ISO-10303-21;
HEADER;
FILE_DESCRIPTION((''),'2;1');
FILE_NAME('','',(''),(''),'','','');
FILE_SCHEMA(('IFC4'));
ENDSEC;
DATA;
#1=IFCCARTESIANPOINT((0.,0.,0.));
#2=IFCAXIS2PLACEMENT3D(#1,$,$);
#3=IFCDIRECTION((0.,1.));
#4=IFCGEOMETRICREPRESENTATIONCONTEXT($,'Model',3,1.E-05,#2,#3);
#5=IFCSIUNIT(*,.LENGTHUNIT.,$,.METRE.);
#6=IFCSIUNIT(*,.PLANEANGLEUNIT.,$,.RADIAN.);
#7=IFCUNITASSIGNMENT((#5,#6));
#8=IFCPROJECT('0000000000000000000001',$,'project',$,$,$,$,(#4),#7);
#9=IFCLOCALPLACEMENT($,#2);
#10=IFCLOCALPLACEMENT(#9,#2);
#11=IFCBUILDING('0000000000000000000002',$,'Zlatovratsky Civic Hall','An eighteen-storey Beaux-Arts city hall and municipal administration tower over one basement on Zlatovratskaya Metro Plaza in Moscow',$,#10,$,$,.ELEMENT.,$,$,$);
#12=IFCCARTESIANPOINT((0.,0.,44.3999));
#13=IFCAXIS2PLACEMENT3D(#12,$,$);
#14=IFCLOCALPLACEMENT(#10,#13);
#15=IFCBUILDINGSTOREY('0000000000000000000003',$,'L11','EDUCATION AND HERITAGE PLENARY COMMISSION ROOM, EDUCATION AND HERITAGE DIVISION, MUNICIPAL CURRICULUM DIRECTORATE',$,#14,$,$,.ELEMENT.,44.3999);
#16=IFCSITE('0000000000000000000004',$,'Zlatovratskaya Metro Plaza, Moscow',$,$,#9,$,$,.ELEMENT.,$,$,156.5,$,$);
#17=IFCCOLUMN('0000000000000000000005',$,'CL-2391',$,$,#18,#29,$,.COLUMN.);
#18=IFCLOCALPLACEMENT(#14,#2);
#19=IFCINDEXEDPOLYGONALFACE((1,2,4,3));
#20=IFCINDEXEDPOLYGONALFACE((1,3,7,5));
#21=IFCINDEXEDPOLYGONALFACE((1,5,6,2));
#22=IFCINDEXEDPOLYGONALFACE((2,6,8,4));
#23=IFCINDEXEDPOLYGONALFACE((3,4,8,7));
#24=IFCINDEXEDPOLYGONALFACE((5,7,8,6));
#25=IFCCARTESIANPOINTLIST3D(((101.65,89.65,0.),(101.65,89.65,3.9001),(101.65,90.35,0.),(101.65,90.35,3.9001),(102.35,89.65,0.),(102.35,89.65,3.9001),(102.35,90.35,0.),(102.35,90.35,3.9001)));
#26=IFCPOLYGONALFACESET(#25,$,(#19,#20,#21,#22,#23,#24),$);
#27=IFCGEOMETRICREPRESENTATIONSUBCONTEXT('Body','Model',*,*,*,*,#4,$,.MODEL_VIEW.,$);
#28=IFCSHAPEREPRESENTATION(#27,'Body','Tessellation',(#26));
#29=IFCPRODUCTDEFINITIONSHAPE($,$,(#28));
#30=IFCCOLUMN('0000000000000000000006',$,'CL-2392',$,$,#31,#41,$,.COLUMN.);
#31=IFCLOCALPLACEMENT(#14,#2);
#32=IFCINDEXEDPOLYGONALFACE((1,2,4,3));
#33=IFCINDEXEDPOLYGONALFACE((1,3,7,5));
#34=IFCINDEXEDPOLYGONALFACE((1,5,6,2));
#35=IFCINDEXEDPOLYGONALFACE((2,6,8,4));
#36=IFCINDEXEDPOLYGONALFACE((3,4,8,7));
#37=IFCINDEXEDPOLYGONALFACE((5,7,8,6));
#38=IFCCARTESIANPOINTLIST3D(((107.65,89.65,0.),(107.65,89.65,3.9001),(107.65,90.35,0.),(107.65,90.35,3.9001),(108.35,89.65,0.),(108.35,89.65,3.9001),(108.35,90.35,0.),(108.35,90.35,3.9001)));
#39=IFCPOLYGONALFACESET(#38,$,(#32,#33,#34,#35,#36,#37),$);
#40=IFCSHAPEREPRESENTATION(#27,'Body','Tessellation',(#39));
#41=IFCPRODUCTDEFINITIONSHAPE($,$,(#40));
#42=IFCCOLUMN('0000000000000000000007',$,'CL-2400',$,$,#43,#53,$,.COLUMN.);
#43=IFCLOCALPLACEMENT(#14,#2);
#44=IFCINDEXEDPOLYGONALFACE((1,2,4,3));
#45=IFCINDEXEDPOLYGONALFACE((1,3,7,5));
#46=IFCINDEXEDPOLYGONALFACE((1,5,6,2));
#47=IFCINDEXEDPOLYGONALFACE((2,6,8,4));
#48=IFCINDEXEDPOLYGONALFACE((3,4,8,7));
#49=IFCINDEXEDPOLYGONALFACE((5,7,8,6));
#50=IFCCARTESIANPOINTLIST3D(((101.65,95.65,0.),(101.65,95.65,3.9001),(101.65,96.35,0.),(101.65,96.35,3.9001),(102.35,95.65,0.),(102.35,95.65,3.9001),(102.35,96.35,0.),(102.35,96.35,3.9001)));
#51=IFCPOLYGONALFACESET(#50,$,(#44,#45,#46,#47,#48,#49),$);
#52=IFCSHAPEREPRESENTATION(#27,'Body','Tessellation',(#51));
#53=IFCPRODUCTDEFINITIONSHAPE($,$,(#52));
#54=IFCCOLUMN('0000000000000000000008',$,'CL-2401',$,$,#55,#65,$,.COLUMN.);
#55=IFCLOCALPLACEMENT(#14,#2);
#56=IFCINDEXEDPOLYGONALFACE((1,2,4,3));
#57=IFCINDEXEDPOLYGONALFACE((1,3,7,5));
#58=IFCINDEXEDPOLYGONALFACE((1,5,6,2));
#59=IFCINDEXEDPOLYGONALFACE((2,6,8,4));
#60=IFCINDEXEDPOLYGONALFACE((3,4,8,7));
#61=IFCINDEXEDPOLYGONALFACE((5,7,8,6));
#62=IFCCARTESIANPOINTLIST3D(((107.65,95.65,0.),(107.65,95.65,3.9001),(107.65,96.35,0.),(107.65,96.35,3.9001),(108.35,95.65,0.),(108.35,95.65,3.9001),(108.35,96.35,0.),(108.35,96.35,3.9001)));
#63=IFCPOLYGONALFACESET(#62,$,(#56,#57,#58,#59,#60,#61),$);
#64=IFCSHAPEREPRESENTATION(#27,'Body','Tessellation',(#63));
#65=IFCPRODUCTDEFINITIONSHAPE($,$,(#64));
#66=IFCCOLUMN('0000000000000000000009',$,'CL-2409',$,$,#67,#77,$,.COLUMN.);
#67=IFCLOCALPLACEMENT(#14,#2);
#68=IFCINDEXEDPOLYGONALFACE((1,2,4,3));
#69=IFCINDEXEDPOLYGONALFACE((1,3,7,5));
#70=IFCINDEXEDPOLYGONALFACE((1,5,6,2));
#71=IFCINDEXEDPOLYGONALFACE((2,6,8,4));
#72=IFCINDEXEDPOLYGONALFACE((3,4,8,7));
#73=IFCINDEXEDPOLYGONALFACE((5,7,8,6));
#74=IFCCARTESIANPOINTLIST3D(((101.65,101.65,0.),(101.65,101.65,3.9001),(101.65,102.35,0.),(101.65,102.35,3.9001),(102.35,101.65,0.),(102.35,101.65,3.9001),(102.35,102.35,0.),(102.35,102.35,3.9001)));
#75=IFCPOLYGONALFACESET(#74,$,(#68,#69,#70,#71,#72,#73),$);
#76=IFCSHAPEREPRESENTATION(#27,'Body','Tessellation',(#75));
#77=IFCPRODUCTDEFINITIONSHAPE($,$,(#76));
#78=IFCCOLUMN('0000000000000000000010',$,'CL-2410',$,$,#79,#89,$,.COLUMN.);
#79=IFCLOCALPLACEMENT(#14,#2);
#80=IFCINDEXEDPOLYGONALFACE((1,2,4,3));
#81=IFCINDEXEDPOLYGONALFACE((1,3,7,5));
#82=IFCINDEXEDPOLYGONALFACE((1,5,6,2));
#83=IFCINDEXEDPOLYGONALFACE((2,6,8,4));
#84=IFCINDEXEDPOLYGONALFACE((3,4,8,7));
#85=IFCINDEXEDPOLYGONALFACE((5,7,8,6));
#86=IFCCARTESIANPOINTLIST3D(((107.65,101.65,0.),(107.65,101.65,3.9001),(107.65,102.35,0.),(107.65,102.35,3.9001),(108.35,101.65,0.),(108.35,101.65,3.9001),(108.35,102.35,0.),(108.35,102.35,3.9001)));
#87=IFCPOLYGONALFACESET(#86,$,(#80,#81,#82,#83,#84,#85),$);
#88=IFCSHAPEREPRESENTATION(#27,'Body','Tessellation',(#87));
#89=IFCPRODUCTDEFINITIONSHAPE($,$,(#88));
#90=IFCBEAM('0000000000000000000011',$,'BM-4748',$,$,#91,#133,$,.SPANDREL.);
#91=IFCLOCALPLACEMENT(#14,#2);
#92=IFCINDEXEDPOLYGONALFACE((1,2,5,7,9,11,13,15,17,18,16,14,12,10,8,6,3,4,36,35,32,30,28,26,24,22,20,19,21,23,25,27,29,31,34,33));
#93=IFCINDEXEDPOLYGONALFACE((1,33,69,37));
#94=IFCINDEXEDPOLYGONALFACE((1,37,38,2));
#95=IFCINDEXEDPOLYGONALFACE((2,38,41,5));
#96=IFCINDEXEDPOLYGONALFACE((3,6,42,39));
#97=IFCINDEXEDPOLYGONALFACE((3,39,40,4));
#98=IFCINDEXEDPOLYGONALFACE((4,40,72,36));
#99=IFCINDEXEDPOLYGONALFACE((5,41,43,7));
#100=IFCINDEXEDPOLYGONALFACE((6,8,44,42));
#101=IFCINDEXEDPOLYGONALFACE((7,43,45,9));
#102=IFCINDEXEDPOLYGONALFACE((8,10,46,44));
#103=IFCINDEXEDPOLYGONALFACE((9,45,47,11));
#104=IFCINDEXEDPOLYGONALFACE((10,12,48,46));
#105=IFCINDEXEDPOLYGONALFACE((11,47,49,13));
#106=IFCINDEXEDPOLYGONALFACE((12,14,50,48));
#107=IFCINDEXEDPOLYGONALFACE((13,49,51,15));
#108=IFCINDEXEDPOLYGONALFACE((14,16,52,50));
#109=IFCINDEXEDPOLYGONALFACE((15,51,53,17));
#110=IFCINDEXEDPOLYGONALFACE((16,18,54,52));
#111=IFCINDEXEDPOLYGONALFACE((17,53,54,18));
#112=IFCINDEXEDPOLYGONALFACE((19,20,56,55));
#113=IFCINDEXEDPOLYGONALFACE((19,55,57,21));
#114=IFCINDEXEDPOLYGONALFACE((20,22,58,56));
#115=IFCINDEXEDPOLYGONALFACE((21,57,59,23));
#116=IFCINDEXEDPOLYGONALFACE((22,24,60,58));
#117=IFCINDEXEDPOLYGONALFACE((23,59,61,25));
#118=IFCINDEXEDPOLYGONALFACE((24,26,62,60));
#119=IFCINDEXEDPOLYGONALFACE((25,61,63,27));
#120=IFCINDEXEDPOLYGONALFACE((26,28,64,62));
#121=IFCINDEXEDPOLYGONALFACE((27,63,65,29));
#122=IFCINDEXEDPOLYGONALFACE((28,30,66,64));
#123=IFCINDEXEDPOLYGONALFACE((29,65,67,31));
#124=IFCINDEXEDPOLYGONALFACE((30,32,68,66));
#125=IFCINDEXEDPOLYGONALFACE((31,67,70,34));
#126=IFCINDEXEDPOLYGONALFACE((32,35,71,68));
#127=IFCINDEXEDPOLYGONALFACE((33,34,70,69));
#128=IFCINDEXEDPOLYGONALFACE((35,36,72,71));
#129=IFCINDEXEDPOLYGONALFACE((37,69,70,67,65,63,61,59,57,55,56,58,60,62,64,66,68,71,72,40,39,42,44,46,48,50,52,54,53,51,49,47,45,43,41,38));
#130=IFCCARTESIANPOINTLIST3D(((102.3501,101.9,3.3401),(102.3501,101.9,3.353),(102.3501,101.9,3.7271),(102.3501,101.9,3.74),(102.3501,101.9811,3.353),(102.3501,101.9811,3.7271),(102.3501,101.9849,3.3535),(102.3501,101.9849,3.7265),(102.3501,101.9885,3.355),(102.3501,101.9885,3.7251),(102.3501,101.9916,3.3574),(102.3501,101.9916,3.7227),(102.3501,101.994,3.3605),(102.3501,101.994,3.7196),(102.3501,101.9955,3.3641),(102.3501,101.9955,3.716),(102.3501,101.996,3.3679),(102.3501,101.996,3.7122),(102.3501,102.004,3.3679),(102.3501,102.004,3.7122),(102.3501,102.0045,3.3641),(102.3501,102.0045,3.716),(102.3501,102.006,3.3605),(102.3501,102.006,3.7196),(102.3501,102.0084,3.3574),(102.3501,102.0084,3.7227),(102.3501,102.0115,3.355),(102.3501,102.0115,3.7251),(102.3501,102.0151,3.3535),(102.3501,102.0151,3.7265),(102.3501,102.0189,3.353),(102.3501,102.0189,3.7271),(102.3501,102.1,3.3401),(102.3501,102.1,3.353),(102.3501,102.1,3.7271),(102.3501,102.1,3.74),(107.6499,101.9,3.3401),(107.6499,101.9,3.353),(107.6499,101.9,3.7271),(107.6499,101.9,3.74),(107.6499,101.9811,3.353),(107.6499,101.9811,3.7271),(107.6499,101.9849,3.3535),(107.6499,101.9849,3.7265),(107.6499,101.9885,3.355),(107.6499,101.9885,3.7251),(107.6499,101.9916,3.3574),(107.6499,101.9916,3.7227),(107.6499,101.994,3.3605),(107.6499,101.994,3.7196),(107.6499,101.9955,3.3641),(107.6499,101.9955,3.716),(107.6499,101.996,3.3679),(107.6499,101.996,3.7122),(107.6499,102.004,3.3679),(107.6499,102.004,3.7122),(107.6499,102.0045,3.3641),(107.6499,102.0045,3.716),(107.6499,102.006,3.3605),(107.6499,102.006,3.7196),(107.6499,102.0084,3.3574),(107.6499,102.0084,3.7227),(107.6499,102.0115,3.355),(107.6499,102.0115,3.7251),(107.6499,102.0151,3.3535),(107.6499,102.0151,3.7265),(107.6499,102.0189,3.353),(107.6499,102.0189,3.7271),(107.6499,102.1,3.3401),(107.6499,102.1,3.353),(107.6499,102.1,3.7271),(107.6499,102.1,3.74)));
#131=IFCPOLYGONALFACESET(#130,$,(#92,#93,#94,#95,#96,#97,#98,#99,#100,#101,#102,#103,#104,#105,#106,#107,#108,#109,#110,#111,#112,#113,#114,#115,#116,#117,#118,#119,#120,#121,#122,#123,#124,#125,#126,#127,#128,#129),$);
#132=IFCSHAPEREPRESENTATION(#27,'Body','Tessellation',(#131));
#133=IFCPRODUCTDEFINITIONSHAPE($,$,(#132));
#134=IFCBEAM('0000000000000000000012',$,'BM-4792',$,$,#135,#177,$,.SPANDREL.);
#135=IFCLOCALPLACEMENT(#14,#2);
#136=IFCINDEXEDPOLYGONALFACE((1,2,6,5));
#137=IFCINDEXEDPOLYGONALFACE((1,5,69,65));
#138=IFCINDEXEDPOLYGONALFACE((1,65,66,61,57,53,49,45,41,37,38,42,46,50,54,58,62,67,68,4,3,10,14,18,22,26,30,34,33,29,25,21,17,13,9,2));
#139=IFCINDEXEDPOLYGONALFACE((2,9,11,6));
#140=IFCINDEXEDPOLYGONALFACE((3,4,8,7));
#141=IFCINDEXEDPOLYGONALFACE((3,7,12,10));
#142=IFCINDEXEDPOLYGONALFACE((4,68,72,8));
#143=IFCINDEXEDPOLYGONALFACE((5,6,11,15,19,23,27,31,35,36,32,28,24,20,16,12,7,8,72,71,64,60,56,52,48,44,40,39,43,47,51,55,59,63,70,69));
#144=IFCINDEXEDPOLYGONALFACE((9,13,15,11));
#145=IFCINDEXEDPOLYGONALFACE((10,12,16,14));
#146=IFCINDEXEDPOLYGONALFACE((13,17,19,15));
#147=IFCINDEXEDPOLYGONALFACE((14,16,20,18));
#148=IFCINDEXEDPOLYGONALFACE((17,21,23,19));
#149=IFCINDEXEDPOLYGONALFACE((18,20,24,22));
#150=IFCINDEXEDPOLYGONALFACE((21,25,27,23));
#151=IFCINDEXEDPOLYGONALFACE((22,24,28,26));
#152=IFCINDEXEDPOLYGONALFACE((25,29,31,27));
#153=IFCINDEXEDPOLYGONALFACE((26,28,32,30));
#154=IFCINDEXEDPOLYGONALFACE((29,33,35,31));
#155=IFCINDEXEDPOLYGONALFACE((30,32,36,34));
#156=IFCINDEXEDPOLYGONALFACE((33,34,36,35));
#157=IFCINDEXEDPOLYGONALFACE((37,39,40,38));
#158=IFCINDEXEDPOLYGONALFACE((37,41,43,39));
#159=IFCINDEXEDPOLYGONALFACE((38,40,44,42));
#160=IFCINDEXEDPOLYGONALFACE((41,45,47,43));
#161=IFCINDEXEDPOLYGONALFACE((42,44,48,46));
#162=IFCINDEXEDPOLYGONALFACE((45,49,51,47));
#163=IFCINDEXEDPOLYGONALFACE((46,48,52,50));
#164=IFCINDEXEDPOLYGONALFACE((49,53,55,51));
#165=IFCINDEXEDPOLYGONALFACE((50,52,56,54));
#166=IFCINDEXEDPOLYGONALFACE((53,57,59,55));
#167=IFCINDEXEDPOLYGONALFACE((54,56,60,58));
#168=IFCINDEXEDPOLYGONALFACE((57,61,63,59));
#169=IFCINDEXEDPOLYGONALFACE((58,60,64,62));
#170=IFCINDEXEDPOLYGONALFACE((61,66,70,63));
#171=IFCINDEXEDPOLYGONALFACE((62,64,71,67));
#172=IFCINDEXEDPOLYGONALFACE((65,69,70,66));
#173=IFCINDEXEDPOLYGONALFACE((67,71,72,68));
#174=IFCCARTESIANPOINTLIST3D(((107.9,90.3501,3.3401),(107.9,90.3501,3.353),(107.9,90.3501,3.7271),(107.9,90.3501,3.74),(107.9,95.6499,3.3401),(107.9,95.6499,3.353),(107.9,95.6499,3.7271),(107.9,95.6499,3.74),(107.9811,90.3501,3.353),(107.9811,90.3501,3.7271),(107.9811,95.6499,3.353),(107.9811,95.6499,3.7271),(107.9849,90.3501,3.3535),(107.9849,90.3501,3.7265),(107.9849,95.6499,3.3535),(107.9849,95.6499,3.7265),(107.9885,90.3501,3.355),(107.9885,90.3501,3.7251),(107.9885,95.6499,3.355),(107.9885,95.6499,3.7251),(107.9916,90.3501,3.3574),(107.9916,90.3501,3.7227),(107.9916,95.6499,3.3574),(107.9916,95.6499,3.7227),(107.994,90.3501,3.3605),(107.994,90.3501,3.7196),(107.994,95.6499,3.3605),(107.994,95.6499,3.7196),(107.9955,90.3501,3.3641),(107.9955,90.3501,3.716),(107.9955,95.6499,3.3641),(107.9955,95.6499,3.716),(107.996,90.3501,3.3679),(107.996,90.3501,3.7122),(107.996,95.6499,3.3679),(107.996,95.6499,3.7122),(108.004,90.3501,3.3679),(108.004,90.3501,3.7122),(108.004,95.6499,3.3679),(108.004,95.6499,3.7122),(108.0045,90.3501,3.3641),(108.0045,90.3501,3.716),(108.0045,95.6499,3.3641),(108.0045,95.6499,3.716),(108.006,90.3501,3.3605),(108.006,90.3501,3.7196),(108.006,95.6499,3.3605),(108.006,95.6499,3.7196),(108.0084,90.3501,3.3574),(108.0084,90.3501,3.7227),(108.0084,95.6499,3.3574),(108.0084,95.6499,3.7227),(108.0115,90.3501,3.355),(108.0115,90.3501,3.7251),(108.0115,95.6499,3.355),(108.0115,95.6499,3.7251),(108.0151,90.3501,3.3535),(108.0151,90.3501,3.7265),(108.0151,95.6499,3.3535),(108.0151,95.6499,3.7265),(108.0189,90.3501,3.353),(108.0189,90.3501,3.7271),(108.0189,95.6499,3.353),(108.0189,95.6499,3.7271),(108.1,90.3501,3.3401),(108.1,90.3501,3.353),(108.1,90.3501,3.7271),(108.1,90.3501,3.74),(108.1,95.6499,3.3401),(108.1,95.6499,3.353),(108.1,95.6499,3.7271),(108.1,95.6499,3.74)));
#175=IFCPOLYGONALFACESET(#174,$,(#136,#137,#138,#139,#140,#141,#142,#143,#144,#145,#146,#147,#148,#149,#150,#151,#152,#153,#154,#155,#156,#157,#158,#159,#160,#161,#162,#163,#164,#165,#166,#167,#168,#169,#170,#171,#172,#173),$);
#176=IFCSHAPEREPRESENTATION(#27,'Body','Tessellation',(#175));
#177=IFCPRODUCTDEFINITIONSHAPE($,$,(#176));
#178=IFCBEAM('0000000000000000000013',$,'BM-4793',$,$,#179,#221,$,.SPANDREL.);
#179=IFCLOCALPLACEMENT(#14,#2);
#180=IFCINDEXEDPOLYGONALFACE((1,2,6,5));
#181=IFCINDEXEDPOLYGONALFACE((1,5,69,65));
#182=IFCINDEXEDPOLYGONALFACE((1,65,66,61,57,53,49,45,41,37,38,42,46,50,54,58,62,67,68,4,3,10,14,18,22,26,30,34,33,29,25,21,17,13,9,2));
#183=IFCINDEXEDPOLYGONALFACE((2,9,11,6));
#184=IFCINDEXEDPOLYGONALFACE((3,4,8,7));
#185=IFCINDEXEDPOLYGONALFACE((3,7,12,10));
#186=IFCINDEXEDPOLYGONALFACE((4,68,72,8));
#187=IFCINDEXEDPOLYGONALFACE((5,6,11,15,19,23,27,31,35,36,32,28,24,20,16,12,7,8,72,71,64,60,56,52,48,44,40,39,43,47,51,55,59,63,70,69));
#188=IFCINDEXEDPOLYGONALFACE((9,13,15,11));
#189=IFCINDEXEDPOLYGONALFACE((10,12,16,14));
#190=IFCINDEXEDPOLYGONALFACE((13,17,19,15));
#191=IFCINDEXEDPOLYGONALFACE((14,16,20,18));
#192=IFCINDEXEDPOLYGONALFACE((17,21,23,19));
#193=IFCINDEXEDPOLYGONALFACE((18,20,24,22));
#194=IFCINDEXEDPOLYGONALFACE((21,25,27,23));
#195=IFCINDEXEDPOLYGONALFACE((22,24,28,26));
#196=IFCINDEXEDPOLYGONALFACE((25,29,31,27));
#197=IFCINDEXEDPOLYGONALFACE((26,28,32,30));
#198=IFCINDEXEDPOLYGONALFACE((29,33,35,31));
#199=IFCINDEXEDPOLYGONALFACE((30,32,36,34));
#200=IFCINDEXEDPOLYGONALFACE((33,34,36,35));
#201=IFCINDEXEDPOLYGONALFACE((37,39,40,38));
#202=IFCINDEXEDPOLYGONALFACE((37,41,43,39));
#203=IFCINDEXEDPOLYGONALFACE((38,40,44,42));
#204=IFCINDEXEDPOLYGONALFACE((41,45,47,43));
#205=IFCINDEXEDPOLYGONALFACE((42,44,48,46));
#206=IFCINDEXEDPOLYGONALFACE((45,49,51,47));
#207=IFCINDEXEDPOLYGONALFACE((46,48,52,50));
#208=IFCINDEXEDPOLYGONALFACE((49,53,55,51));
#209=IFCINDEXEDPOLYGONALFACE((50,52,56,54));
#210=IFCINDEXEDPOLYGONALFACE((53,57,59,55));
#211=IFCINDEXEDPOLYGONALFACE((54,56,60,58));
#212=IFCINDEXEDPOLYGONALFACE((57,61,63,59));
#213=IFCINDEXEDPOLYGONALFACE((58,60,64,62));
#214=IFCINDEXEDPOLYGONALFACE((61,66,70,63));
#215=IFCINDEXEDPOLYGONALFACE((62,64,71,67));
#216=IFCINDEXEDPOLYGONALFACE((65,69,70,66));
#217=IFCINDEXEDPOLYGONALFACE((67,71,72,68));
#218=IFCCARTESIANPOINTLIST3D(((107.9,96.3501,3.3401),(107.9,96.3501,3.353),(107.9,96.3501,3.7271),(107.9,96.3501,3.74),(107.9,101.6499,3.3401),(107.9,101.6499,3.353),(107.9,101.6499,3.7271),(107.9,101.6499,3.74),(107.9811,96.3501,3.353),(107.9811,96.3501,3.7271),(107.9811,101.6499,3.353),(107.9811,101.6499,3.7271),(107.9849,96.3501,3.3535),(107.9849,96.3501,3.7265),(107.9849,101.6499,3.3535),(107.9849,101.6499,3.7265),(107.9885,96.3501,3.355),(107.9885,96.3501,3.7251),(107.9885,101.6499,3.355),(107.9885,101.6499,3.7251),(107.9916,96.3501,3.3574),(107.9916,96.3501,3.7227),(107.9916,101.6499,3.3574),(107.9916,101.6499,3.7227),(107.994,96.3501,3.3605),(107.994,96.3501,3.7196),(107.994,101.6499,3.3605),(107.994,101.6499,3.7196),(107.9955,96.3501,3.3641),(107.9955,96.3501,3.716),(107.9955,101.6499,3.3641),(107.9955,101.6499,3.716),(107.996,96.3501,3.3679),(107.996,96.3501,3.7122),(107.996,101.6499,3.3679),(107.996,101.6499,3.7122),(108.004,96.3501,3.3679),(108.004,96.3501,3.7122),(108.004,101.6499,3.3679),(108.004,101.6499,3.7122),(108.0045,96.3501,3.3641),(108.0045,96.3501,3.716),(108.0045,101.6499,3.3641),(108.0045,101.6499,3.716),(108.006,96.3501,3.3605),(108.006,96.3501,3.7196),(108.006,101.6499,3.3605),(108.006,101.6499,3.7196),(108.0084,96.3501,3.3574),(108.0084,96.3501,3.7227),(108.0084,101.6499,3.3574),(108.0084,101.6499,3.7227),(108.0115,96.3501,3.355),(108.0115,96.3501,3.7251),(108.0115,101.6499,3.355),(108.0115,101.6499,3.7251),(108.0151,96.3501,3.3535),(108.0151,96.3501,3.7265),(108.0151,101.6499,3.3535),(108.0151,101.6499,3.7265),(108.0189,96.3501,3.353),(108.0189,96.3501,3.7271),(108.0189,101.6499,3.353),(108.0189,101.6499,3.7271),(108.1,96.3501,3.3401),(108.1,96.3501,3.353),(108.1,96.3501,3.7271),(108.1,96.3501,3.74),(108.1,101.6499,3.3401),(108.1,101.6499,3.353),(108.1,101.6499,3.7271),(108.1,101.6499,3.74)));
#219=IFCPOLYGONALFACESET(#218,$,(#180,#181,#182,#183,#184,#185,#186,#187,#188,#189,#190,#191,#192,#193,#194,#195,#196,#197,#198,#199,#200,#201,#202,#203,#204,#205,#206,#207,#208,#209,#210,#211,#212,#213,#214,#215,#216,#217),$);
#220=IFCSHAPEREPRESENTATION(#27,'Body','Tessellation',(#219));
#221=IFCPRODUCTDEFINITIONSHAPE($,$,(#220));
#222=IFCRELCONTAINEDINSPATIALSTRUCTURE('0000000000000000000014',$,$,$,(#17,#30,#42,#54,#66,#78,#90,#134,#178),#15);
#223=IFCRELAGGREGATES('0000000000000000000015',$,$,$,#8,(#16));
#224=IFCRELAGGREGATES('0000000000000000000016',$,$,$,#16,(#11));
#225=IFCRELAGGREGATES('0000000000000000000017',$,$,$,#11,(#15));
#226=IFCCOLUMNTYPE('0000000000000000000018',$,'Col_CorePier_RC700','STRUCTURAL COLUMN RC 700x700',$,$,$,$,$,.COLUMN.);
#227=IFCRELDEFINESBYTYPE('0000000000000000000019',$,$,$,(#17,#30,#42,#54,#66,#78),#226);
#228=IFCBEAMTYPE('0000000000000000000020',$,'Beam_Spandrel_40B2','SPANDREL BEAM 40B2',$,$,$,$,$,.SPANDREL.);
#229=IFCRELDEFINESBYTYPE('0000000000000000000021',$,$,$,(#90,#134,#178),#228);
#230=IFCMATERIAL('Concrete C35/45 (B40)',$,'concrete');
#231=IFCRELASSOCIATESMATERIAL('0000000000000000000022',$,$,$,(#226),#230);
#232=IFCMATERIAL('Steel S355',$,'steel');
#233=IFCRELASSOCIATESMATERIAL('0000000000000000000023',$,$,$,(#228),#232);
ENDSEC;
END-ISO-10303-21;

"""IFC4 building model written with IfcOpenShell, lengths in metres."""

from ifc_helpers import new_model, si_unit, direction, frame, origin, origin_2d, place, context, subcontext, project, spatial, rectangle, i_section, extrude, material, material_profile, profile_set, type_object, element, save


model = new_model("IFC4")

# Units and contexts
model_context = context("Model", 3, precision=1e-05, world=origin(), true_north=direction((0.0, 1.0)))
body_context = subcontext(model_context, "Body", "Model", "MODEL_VIEW")
ifc_project = project(units=[si_unit("LENGTHUNIT", "METRE"), si_unit("PLANEANGLEUNIT", "RADIAN")], contexts=[model_context])

# Site, building, storey
site_placement = place(None, origin())
site = spatial("IfcSite", under=ifc_project, at=site_placement, Name="Zlatovratskaya Metro Plaza, Moscow", CompositionType="ELEMENT", RefElevation=156.5)
building_placement = place(site_placement, origin())
building = spatial("IfcBuilding", under=site, at=building_placement, Name="Zlatovratsky Civic Hall", Description="An eighteen-storey Beaux-Arts city hall and municipal administration tower over one basement on Zlatovratskaya Metro Plaza in Moscow", CompositionType="ELEMENT")
storey_placement = place(building_placement, frame((0.0, 0.0, 44.3999)))
storey = spatial("IfcBuildingStorey", under=building, at=storey_placement, Name="L11", Description="EDUCATION AND HERITAGE PLENARY COMMISSION ROOM, EDUCATION AND HERITAGE DIVISION, MUNICIPAL CURRICULUM DIRECTORATE", CompositionType="ELEMENT", Elevation=44.3999)

# Columns
ifc_material_1 = material(Name="Concrete C35/45 (B40)", Category="concrete")
ifc_material_profile_1 = material_profile(ifc_material_1, rectangle(XDim=0.7, YDim=0.7, at=origin_2d()), Name="RC 700x700")
ifc_profile_set_1 = profile_set([ifc_material_profile_1], Name="Concrete C35/45 (B40)")
column_type = type_object("IfcColumnType", Name="Col_CorePier_RC700", Description="STRUCTURAL COLUMN RC 700x700", PredefinedType="COLUMN", material=ifc_profile_set_1)
for number, where, z_axis, x_axis, name in (
    (1, (102.0, 90.0, 0.0), (0.0, 0.0, 1.0), (1.0, 0.0, 0.0), "CL-2391"),
    (2, (108.0, 90.0, 0.0), (0.0, 0.0, 1.0), (1.0, 0.0, 0.0), "CL-2392"),
    (3, (102.0, 96.0, 0.0), (0.0, 0.0, 1.0), (1.0, 0.0, 0.0), "CL-2400"),
    (4, (108.0, 96.0, 0.0), (0.0, 0.0, 1.0), (1.0, 0.0, 0.0), "CL-2401"),
    (5, (102.0, 102.0, 0.0), (0.0, 0.0, 1.0), (1.0, 0.0, 0.0), "CL-2409"),
    (6, (108.0, 102.0, 0.0), (0.0, 0.0, 1.0), (1.0, 0.0, 0.0), "CL-2410"),
):
    element("IfcColumn", number, at=place(storey_placement, frame(where, z_axis=z_axis, x_axis=x_axis)), inside=storey, type_object=column_type, Name=name, PredefinedType="COLUMN", context=body_context, shape_type="SweptSolid", body=[
        extrude(rectangle(XDim=0.7, YDim=0.7, at=origin_2d()), origin(), (0.0, 0.0, 1.0), 3.9001),
    ])

# Beams
ifc_material_2 = material(Name="Steel S355", Category="steel")
ifc_material_profile_2 = material_profile(ifc_material_2, i_section(OverallWidth=0.2, OverallDepth=0.3999, WebThickness=0.0081, FlangeThickness=0.0129, FilletRadius=0.0149, at=origin_2d()), Name="40B2")
ifc_profile_set_2 = profile_set([ifc_material_profile_2], Name="Steel S355")
beam_type_1 = type_object("IfcBeamType", Name="Beam_Spandrel_40B2", Description="SPANDREL BEAM 40B2", PredefinedType="SPANDREL", material=ifc_profile_set_2)
for number, where, z_axis, x_axis, name in (
    (7, (102.3501, 102.0, 3.54), (1.0, 0.0, 0.0), (0.0, 1.0, 0.0), "BM-4748"),
    (8, (108.0, 90.3501, 3.54), (0.0, 1.0, 0.0), (-1.0, 0.0, 0.0), "BM-4792"),
    (9, (108.0, 96.3501, 3.54), (0.0, 1.0, 0.0), (-1.0, 0.0, 0.0), "BM-4793"),
):
    element("IfcBeam", number, at=place(storey_placement, frame(where, z_axis=z_axis, x_axis=x_axis)), inside=storey, type_object=beam_type_1, Name=name, PredefinedType="SPANDREL", context=body_context, shape_type="SweptSolid", body=[
        extrude(i_section(OverallWidth=0.2, OverallDepth=0.3999, WebThickness=0.0081, FlangeThickness=0.0129, FilletRadius=0.0149, at=origin_2d()), origin(), (0.0, 0.0, 1.0), 5.2998),
    ])

save(model, "model.ifc")
